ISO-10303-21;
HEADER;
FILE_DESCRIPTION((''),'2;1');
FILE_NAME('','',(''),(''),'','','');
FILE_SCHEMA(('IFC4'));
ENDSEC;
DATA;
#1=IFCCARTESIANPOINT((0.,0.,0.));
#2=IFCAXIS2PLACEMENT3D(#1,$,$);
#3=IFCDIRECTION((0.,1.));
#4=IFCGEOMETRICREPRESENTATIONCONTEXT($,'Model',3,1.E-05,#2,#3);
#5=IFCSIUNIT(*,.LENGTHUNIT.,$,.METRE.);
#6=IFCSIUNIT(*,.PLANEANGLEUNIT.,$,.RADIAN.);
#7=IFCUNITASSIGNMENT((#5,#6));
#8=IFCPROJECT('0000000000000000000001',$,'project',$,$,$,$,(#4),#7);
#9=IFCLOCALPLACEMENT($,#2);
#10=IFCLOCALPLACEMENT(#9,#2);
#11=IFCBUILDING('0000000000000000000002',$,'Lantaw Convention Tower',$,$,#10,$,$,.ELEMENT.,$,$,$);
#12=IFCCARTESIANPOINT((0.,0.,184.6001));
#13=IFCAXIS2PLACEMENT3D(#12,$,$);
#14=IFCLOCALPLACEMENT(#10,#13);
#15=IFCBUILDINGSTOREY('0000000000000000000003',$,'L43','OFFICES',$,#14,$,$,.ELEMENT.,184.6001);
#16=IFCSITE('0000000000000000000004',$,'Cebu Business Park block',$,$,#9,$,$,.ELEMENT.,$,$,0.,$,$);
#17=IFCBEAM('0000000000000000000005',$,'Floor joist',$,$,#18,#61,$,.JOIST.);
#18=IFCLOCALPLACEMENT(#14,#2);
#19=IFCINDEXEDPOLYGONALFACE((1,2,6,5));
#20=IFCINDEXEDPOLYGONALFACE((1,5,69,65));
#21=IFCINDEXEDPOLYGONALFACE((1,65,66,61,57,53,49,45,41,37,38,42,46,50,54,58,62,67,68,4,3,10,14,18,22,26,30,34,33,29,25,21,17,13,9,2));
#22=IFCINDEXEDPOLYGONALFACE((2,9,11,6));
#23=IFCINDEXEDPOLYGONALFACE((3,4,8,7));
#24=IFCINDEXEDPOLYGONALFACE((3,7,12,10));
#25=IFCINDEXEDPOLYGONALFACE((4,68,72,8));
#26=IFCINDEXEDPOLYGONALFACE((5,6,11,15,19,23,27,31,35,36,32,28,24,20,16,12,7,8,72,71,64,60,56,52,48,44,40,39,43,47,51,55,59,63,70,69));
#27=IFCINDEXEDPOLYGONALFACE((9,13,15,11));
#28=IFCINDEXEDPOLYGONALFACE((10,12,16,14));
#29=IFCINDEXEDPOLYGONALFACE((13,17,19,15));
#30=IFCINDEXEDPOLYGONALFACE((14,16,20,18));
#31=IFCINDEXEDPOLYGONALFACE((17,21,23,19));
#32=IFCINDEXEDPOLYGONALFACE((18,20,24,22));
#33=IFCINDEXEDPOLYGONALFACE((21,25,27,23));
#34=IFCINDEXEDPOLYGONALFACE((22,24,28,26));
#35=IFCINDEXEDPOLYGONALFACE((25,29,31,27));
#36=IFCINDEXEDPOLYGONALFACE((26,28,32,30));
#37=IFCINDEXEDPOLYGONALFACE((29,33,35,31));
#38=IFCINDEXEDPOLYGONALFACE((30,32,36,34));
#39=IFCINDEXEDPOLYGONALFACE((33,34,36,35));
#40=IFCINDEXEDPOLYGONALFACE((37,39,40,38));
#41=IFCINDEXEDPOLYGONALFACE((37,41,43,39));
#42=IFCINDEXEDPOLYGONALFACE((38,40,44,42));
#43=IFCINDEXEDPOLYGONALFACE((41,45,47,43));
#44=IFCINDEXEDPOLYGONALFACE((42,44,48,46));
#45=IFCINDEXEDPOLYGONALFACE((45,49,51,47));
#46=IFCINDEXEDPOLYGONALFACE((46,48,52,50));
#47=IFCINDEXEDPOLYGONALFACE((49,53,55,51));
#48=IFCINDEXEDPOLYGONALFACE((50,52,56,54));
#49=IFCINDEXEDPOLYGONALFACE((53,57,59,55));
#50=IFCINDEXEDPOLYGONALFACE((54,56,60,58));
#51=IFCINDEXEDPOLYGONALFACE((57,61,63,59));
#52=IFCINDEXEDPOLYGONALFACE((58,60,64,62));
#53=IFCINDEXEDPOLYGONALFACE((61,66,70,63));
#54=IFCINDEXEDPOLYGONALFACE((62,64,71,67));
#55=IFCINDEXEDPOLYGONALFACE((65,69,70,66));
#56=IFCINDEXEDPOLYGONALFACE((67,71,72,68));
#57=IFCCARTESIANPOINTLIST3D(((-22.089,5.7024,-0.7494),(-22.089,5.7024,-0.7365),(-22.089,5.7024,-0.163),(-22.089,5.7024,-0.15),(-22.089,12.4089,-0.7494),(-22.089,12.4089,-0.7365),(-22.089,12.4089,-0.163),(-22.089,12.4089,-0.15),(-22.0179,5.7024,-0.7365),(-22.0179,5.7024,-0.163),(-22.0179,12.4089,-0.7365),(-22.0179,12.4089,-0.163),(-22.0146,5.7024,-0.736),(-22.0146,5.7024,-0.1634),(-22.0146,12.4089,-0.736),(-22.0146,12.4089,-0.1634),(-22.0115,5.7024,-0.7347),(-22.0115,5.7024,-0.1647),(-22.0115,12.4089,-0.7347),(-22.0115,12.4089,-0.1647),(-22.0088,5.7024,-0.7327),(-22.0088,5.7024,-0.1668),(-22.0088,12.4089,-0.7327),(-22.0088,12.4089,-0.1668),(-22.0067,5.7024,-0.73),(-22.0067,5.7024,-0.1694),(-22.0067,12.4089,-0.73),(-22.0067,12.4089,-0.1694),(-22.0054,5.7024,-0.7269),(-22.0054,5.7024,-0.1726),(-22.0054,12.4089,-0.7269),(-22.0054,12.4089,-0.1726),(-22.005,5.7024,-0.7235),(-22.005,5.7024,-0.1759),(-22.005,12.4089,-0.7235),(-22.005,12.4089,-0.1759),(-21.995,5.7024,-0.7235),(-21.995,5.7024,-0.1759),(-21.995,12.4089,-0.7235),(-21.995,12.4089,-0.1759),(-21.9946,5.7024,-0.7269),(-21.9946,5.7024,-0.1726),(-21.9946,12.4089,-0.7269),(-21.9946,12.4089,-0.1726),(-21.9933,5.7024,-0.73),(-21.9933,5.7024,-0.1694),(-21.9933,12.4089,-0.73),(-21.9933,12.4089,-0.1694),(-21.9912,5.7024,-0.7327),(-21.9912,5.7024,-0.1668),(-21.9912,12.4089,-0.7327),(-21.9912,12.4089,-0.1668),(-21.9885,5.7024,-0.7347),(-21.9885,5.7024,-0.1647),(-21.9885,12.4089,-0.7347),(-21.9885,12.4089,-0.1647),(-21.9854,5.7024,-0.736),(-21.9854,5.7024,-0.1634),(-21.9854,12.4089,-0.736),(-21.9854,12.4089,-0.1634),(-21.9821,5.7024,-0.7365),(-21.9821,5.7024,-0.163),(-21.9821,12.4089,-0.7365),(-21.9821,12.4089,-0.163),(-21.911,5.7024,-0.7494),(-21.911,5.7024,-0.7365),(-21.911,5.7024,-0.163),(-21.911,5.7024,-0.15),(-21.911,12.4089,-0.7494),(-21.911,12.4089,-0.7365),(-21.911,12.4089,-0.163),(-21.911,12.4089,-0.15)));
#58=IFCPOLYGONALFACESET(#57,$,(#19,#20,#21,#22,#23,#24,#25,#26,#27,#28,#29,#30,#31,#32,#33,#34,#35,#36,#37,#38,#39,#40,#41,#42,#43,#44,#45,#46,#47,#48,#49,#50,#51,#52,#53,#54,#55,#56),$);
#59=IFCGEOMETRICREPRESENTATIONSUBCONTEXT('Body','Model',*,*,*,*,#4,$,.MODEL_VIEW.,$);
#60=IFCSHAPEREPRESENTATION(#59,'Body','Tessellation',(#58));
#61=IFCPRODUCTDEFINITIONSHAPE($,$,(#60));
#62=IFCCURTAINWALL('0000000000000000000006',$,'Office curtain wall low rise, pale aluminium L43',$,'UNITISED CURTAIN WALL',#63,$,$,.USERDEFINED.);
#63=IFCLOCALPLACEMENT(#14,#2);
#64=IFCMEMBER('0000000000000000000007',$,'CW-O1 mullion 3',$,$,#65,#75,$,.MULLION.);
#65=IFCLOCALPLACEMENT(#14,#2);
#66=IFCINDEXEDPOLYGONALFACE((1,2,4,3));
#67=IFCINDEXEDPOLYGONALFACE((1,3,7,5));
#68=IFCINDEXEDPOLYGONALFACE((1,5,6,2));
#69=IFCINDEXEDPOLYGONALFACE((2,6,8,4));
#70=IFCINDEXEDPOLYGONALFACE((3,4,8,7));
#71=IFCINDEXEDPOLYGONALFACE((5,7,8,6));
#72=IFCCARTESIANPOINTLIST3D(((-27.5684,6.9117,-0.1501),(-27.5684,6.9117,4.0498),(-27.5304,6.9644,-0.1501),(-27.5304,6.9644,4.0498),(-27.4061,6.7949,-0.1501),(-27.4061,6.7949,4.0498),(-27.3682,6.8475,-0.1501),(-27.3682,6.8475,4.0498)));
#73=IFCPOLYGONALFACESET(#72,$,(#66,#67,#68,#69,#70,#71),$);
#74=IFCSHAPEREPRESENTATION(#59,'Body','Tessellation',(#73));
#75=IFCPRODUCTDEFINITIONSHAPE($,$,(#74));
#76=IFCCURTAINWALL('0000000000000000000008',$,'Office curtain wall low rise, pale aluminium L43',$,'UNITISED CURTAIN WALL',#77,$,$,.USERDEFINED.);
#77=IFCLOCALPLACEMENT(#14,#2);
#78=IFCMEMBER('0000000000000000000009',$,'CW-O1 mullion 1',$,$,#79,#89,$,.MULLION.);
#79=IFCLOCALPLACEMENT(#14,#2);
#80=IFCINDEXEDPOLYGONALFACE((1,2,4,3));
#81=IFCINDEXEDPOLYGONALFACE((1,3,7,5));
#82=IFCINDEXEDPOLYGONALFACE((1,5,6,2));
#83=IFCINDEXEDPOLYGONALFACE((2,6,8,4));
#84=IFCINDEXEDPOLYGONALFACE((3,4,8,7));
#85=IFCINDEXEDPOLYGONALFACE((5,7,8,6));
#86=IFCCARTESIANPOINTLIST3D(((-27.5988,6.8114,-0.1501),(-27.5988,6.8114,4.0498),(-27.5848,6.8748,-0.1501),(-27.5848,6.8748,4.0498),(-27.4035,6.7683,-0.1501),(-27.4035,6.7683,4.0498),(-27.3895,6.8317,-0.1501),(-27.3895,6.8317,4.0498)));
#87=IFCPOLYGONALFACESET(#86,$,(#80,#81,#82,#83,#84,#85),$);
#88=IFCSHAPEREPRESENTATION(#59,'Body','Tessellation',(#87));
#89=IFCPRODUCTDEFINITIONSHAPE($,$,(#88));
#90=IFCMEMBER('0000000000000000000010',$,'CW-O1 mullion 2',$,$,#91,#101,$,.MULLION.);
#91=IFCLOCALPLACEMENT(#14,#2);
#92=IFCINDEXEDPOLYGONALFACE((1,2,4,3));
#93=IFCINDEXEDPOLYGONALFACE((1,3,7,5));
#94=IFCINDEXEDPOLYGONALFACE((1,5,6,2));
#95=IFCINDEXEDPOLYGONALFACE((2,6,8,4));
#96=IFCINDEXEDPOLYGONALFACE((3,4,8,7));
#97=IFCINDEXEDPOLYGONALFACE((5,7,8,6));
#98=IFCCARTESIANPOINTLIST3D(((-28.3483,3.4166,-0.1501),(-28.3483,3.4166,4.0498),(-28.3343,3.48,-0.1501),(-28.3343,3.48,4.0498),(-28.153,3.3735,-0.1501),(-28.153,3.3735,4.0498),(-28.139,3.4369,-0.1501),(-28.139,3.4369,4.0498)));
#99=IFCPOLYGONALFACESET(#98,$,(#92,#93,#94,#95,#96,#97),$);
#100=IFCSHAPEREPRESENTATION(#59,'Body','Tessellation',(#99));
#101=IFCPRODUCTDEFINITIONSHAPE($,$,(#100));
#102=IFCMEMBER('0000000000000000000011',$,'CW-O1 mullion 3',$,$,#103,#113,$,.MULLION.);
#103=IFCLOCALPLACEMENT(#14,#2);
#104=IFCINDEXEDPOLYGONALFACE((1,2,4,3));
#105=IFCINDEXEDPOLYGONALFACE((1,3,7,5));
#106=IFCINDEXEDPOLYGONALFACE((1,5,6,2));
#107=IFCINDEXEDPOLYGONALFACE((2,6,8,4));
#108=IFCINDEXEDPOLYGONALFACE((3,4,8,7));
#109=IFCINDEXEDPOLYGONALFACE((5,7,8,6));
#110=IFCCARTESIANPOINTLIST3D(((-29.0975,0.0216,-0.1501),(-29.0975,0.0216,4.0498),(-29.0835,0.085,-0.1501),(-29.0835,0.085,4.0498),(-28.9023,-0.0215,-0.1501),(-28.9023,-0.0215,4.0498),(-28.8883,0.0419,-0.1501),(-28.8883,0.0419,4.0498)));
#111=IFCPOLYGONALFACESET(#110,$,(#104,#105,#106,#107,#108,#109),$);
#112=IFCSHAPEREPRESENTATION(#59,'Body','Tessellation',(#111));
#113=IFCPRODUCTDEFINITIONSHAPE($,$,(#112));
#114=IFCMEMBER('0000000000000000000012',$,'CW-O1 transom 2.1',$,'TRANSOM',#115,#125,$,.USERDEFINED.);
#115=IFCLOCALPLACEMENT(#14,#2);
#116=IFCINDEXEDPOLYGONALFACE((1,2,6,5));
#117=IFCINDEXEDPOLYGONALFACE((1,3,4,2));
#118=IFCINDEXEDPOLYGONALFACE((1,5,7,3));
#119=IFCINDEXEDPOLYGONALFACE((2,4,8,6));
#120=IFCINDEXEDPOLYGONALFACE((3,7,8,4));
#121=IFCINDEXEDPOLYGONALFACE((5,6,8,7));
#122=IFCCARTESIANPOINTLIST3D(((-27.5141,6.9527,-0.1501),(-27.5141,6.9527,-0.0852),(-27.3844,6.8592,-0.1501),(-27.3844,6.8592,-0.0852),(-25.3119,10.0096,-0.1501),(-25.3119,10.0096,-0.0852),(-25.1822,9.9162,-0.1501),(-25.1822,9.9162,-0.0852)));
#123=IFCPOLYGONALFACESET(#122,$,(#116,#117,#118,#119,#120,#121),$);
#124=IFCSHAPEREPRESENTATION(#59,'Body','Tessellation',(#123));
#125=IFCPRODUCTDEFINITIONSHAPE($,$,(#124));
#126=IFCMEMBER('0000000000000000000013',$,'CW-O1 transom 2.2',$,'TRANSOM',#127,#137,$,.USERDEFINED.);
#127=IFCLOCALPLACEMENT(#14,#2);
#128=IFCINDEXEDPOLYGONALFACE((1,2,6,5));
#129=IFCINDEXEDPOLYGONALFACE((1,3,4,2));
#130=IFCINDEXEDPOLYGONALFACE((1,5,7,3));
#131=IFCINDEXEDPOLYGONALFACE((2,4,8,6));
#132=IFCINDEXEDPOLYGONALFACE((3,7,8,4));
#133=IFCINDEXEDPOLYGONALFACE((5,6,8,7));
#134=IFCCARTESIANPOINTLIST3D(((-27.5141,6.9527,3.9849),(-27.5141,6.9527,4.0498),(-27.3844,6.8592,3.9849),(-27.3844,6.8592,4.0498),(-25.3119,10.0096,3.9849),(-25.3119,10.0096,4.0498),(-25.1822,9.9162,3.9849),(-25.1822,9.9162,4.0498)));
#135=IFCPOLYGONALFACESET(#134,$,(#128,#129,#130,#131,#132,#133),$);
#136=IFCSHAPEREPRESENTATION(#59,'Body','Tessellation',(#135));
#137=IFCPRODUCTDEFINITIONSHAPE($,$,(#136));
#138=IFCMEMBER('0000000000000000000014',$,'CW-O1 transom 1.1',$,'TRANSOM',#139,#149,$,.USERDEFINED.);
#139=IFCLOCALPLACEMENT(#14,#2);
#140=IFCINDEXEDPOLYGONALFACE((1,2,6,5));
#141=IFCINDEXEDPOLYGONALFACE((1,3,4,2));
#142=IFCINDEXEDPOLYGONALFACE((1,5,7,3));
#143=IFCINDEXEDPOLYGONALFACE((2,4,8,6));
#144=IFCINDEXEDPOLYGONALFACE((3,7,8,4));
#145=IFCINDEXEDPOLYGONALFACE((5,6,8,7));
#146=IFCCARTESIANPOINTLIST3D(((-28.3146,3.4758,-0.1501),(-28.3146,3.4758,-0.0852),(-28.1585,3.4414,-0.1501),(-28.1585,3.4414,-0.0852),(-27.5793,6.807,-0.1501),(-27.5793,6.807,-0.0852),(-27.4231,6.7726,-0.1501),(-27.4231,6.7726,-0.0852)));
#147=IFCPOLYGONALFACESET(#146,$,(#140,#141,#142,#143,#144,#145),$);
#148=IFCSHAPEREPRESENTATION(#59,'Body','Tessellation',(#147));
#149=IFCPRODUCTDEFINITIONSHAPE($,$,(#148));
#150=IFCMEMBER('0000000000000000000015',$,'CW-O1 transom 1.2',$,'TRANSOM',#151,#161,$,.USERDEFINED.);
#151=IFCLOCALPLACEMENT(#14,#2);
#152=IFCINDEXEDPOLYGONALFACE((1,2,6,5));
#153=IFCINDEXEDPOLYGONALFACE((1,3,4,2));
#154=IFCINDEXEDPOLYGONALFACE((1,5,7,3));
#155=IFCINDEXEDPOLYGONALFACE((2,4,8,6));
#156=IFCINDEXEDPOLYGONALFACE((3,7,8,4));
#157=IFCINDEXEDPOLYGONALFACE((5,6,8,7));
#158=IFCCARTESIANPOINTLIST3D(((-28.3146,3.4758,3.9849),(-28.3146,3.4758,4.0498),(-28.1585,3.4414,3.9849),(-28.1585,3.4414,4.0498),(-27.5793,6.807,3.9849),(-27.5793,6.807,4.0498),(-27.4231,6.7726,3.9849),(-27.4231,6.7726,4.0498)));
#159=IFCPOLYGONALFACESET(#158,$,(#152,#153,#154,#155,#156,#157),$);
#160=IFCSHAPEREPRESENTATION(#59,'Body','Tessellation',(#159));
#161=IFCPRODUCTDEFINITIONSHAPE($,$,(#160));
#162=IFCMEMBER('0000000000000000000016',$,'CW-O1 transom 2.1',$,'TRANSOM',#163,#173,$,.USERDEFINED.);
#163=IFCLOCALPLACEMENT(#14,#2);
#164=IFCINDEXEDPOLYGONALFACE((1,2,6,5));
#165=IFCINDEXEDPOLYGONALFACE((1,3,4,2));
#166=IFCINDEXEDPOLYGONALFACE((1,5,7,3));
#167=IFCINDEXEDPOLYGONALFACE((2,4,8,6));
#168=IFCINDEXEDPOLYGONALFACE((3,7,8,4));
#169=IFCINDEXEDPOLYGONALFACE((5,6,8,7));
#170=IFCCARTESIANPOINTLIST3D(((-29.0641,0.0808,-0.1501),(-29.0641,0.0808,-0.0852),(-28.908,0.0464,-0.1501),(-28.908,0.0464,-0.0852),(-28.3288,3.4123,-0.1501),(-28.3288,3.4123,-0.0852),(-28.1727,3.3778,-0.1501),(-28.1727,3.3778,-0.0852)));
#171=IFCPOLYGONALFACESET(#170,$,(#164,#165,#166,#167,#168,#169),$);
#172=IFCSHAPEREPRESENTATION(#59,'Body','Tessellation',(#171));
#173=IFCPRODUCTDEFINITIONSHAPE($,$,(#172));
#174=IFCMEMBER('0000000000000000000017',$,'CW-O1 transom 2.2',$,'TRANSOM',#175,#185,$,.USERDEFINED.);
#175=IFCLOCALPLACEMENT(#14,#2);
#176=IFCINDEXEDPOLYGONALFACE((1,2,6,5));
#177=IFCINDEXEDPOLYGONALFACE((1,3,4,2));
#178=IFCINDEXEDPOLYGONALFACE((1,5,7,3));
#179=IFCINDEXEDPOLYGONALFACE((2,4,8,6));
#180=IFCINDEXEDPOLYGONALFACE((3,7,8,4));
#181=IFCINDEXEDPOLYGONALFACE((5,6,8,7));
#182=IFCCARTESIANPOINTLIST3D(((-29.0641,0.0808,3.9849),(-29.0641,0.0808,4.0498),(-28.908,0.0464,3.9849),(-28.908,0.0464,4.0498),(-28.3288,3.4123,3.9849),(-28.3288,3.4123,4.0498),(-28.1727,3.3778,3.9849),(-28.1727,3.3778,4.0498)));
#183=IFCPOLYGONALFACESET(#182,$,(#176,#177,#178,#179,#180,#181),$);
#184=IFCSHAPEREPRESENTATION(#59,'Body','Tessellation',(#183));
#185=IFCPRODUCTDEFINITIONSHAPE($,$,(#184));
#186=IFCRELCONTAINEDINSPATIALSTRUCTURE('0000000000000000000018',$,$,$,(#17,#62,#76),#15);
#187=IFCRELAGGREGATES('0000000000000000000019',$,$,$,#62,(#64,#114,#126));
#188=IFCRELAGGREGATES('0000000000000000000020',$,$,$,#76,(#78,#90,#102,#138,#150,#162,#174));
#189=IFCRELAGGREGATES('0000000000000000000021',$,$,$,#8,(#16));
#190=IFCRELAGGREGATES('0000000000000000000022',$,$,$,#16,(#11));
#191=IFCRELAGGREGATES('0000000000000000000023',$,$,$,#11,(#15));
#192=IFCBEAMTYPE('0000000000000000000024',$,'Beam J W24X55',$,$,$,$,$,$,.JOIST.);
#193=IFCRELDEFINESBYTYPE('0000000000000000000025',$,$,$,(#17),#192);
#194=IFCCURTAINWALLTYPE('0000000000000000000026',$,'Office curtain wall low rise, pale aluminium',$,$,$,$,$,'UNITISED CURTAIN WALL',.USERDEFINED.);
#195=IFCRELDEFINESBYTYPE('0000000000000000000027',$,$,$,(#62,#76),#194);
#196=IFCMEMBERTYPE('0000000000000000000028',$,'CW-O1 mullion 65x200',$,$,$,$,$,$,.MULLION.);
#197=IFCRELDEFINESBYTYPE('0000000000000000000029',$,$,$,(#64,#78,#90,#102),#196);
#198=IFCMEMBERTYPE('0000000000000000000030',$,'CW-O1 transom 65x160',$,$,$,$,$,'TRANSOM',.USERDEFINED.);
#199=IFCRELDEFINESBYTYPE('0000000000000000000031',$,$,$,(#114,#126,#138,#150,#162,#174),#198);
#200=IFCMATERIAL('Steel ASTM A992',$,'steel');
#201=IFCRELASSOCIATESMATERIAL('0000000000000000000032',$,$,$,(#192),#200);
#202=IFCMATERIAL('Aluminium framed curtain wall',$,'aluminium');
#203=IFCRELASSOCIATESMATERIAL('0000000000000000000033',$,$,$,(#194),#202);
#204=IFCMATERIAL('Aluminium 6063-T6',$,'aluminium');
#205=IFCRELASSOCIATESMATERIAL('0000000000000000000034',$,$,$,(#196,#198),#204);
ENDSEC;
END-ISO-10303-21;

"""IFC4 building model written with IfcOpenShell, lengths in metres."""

from ifc_helpers import new_model, si_unit, direction, frame, origin, origin_2d, place, context, subcontext, project, spatial, rectangle, i_section, extrude, material, material_profile, profile_set, type_object, element, aggregate, save


model = new_model("IFC4")

# Units and contexts
model_context = context("Model", 3, precision=1e-05, world=origin(), true_north=direction((0.0, 1.0)))
body_context = subcontext(model_context, "Body", "Model", "MODEL_VIEW")
ifc_project = project(units=[si_unit("LENGTHUNIT", "METRE"), si_unit("PLANEANGLEUNIT", "RADIAN")], contexts=[model_context])

# Site, building, storey
site_placement = place(None, origin())
site = spatial("IfcSite", under=ifc_project, at=site_placement, Name="Cebu Business Park block", CompositionType="ELEMENT", RefElevation=0.0)
building_placement = place(site_placement, origin())
building = spatial("IfcBuilding", under=site, at=building_placement, Name="Lantaw Convention Tower", CompositionType="ELEMENT")
storey_placement = place(building_placement, frame((0.0, 0.0, 184.6001)))
storey = spatial("IfcBuildingStorey", under=building, at=storey_placement, Name="L43", Description="OFFICES", CompositionType="ELEMENT", Elevation=184.6001)

# Beam
ifc_material_1 = material(Name="Steel ASTM A992", Category="steel")
ifc_material_profile_1 = material_profile(ifc_material_1, i_section(OverallWidth=0.178, OverallDepth=0.5994, WebThickness=0.01, FlangeThickness=0.0129, FilletRadius=0.0129, at=origin_2d()), Name="W24X55")
ifc_profile_set_1 = profile_set([ifc_material_profile_1], Name="Steel ASTM A992")
beam_type_1 = type_object("IfcBeamType", Name="Beam J W24X55", PredefinedType="JOIST", material=ifc_profile_set_1)
beam_1_placement = place(storey_placement, frame((-22.0, 5.7024, -0.4497), z_axis=(0.0, 1.0, 0.0), x_axis=(-1.0, 0.0, 0.0)))
element("IfcBeam", 1, at=beam_1_placement, inside=storey, type_object=beam_type_1, Name="Floor joist", PredefinedType="JOIST", context=body_context, shape_type="SweptSolid", body=[
    extrude(i_section(OverallWidth=0.178, OverallDepth=0.5994, WebThickness=0.01, FlangeThickness=0.0129, FilletRadius=0.0129, at=origin_2d()), origin(), (0.0, 0.0, 1.0), 6.7065),
])

# Curtain wall, member
ifc_material_2 = material(Name="Aluminium framed curtain wall", Category="aluminium")
curtain_wall_type = type_object("IfcCurtainWallType", Name="Office curtain wall low rise, pale aluminium", ElementType="UNITISED CURTAIN WALL", PredefinedType="USERDEFINED", material=ifc_material_2)
curtain_wall_1_placement = place(storey_placement, origin())
curtain_wall_1 = element("IfcCurtainWall", 2, at=curtain_wall_1_placement, inside=storey, type_object=curtain_wall_type, Name="Office curtain wall low rise, pale aluminium L43", ObjectType="UNITISED CURTAIN WALL", PredefinedType="USERDEFINED")
ifc_material_3 = material(Name="Aluminium 6063-T6", Category="aluminium")
ifc_material_profile_2 = material_profile(ifc_material_3, rectangle(XDim=0.2, YDim=0.0649, at=origin_2d()), Name="CW-O1 mullion 65x200")
ifc_profile_set_2 = profile_set([ifc_material_profile_2], Name="Aluminium 6063-T6")
member_type_1 = type_object("IfcMemberType", Name="CW-O1 mullion 65x200", PredefinedType="MULLION", material=ifc_profile_set_2)
member_1_placement = place(storey_placement, frame((-27.4683, 6.8796, -0.1501), z_axis=(0.0, 0.0, 1.0), x_axis=(0.811385, -0.584513, 0.0)))
member_1 = element("IfcMember", 3, at=member_1_placement, type_object=member_type_1, Name="CW-O1 mullion 3", PredefinedType="MULLION", context=body_context, shape_type="SweptSolid", body=[
    extrude(rectangle(XDim=0.2, YDim=0.0649, at=origin_2d()), origin(), (0.0, 0.0, 1.0), 4.2),
])

# Curtain wall, members
curtain_wall_2_placement = place(storey_placement, origin())
curtain_wall_2 = element("IfcCurtainWall", 4, at=curtain_wall_2_placement, inside=storey, type_object=curtain_wall_type, Name="Office curtain wall low rise, pale aluminium L43", ObjectType="UNITISED CURTAIN WALL", PredefinedType="USERDEFINED")
member_2_placement = place(storey_placement, frame((-27.4941, 6.8215, -0.1501), z_axis=(0.0, 0.0, 1.0), x_axis=(0.976494, -0.215546, 0.0)))
member_2 = element("IfcMember", 5, at=member_2_placement, type_object=member_type_1, Name="CW-O1 mullion 1", PredefinedType="MULLION", context=body_context, shape_type="SweptSolid", body=[
    extrude(rectangle(XDim=0.2, YDim=0.0649, at=origin_2d()), origin(), (0.0, 0.0, 1.0), 4.2),
])
member_3_placement = place(storey_placement, frame((-28.2437, 3.4268, -0.1501), z_axis=(0.0, 0.0, 1.0), x_axis=(0.976494, -0.215546, 0.0)))
member_3 = element("IfcMember", 6, at=member_3_placement, type_object=member_type_1, Name="CW-O1 mullion 2", PredefinedType="MULLION", context=body_context, shape_type="SweptSolid", body=[
    extrude(rectangle(XDim=0.2, YDim=0.0649, at=origin_2d()), origin(), (0.0, 0.0, 1.0), 4.2),
])
member_4_placement = place(storey_placement, frame((-28.9929, 0.0317, -0.1501), z_axis=(0.0, 0.0, 1.0), x_axis=(0.976494, -0.215546, 0.0)))
member_4 = element("IfcMember", 7, at=member_4_placement, type_object=member_type_1, Name="CW-O1 mullion 3", PredefinedType="MULLION", context=body_context, shape_type="SweptSolid", body=[
    extrude(rectangle(XDim=0.2, YDim=0.0649, at=origin_2d()), origin(), (0.0, 0.0, 1.0), 4.2),
])

# Members
ifc_material_profile_3 = material_profile(ifc_material_3, rectangle(XDim=0.1599, YDim=0.0649, at=origin_2d()), Name="CW-O1 transom 65x160")
ifc_profile_set_3 = profile_set([ifc_material_profile_3], Name="Aluminium 6063-T6")
member_type_2 = type_object("IfcMemberType", Name="CW-O1 transom 65x160", ElementType="TRANSOM", PredefinedType="USERDEFINED", material=ifc_profile_set_3)
member_5_placement = place(storey_placement, frame((-25.2471, 9.9629, -0.1177), z_axis=(-0.584513, -0.811384, 0.0), x_axis=(0.811384, -0.584513, 0.0)))
member_5 = element("IfcMember", 8, at=member_5_placement, type_object=member_type_2, Name="CW-O1 transom 2.1", ObjectType="TRANSOM", PredefinedType="USERDEFINED", context=body_context, shape_type="SweptSolid", body=[
    extrude(rectangle(XDim=0.1599, YDim=0.0649, at=origin_2d()), origin(), (0.0, 0.0, 1.0), 3.7676),
])
member_6_placement = place(storey_placement, frame((-25.2471, 9.9629, 4.0173), z_axis=(-0.584513, -0.811384, 0.0), x_axis=(0.811384, -0.584513, 0.0)))
member_6 = element("IfcMember", 9, at=member_6_placement, type_object=member_type_2, Name="CW-O1 transom 2.2", ObjectType="TRANSOM", PredefinedType="USERDEFINED", context=body_context, shape_type="SweptSolid", body=[
    extrude(rectangle(XDim=0.1599, YDim=0.0649, at=origin_2d()), origin(), (0.0, 0.0, 1.0), 3.7676),
])
member_7_placement = place(storey_placement, frame((-27.5012, 6.7898, -0.1177), z_axis=(-0.215551, -0.976493, 0.0), x_axis=(0.976493, -0.215551, 0.0)))
member_7 = element("IfcMember", 10, at=member_7_placement, type_object=member_type_2, Name="CW-O1 transom 1.1", ObjectType="TRANSOM", PredefinedType="USERDEFINED", context=body_context, shape_type="SweptSolid", body=[
    extrude(rectangle(XDim=0.1599, YDim=0.0649, at=origin_2d()), origin(), (0.0, 0.0, 1.0), 3.4114),
])
member_8_placement = place(storey_placement, frame((-27.5012, 6.7898, 4.0173), z_axis=(-0.215551, -0.976493, 0.0), x_axis=(0.976493, -0.215551, 0.0)))
member_8 = element("IfcMember", 11, at=member_8_placement, type_object=member_type_2, Name="CW-O1 transom 1.2", ObjectType="TRANSOM", PredefinedType="USERDEFINED", context=body_context, shape_type="SweptSolid", body=[
    extrude(rectangle(XDim=0.1599, YDim=0.0649, at=origin_2d()), origin(), (0.0, 0.0, 1.0), 3.4114),
])
member_9_placement = place(storey_placement, frame((-28.2507, 3.395, -0.1177), z_axis=(-0.215536, -0.976496, 0.0), x_axis=(0.976496, -0.215536, 0.0)))
member_9 = element("IfcMember", 12, at=member_9_placement, type_object=member_type_2, Name="CW-O1 transom 2.1", ObjectType="TRANSOM", PredefinedType="USERDEFINED", context=body_context, shape_type="SweptSolid", body=[
    extrude(rectangle(XDim=0.1599, YDim=0.0649, at=origin_2d()), origin(), (0.0, 0.0, 1.0), 3.4116),
])
member_10_placement = place(storey_placement, frame((-28.2507, 3.395, 4.0173), z_axis=(-0.215536, -0.976496, 0.0), x_axis=(0.976496, -0.215536, 0.0)))
member_10 = element("IfcMember", 13, at=member_10_placement, type_object=member_type_2, Name="CW-O1 transom 2.2", ObjectType="TRANSOM", PredefinedType="USERDEFINED", context=body_context, shape_type="SweptSolid", body=[
    extrude(rectangle(XDim=0.1599, YDim=0.0649, at=origin_2d()), origin(), (0.0, 0.0, 1.0), 3.4116),
])

aggregate(curtain_wall_1, [member_1, member_5, member_6])
aggregate(curtain_wall_2, [member_2, member_3, member_4, member_7, member_8, member_9, member_10])

save(model, "model.ifc")
